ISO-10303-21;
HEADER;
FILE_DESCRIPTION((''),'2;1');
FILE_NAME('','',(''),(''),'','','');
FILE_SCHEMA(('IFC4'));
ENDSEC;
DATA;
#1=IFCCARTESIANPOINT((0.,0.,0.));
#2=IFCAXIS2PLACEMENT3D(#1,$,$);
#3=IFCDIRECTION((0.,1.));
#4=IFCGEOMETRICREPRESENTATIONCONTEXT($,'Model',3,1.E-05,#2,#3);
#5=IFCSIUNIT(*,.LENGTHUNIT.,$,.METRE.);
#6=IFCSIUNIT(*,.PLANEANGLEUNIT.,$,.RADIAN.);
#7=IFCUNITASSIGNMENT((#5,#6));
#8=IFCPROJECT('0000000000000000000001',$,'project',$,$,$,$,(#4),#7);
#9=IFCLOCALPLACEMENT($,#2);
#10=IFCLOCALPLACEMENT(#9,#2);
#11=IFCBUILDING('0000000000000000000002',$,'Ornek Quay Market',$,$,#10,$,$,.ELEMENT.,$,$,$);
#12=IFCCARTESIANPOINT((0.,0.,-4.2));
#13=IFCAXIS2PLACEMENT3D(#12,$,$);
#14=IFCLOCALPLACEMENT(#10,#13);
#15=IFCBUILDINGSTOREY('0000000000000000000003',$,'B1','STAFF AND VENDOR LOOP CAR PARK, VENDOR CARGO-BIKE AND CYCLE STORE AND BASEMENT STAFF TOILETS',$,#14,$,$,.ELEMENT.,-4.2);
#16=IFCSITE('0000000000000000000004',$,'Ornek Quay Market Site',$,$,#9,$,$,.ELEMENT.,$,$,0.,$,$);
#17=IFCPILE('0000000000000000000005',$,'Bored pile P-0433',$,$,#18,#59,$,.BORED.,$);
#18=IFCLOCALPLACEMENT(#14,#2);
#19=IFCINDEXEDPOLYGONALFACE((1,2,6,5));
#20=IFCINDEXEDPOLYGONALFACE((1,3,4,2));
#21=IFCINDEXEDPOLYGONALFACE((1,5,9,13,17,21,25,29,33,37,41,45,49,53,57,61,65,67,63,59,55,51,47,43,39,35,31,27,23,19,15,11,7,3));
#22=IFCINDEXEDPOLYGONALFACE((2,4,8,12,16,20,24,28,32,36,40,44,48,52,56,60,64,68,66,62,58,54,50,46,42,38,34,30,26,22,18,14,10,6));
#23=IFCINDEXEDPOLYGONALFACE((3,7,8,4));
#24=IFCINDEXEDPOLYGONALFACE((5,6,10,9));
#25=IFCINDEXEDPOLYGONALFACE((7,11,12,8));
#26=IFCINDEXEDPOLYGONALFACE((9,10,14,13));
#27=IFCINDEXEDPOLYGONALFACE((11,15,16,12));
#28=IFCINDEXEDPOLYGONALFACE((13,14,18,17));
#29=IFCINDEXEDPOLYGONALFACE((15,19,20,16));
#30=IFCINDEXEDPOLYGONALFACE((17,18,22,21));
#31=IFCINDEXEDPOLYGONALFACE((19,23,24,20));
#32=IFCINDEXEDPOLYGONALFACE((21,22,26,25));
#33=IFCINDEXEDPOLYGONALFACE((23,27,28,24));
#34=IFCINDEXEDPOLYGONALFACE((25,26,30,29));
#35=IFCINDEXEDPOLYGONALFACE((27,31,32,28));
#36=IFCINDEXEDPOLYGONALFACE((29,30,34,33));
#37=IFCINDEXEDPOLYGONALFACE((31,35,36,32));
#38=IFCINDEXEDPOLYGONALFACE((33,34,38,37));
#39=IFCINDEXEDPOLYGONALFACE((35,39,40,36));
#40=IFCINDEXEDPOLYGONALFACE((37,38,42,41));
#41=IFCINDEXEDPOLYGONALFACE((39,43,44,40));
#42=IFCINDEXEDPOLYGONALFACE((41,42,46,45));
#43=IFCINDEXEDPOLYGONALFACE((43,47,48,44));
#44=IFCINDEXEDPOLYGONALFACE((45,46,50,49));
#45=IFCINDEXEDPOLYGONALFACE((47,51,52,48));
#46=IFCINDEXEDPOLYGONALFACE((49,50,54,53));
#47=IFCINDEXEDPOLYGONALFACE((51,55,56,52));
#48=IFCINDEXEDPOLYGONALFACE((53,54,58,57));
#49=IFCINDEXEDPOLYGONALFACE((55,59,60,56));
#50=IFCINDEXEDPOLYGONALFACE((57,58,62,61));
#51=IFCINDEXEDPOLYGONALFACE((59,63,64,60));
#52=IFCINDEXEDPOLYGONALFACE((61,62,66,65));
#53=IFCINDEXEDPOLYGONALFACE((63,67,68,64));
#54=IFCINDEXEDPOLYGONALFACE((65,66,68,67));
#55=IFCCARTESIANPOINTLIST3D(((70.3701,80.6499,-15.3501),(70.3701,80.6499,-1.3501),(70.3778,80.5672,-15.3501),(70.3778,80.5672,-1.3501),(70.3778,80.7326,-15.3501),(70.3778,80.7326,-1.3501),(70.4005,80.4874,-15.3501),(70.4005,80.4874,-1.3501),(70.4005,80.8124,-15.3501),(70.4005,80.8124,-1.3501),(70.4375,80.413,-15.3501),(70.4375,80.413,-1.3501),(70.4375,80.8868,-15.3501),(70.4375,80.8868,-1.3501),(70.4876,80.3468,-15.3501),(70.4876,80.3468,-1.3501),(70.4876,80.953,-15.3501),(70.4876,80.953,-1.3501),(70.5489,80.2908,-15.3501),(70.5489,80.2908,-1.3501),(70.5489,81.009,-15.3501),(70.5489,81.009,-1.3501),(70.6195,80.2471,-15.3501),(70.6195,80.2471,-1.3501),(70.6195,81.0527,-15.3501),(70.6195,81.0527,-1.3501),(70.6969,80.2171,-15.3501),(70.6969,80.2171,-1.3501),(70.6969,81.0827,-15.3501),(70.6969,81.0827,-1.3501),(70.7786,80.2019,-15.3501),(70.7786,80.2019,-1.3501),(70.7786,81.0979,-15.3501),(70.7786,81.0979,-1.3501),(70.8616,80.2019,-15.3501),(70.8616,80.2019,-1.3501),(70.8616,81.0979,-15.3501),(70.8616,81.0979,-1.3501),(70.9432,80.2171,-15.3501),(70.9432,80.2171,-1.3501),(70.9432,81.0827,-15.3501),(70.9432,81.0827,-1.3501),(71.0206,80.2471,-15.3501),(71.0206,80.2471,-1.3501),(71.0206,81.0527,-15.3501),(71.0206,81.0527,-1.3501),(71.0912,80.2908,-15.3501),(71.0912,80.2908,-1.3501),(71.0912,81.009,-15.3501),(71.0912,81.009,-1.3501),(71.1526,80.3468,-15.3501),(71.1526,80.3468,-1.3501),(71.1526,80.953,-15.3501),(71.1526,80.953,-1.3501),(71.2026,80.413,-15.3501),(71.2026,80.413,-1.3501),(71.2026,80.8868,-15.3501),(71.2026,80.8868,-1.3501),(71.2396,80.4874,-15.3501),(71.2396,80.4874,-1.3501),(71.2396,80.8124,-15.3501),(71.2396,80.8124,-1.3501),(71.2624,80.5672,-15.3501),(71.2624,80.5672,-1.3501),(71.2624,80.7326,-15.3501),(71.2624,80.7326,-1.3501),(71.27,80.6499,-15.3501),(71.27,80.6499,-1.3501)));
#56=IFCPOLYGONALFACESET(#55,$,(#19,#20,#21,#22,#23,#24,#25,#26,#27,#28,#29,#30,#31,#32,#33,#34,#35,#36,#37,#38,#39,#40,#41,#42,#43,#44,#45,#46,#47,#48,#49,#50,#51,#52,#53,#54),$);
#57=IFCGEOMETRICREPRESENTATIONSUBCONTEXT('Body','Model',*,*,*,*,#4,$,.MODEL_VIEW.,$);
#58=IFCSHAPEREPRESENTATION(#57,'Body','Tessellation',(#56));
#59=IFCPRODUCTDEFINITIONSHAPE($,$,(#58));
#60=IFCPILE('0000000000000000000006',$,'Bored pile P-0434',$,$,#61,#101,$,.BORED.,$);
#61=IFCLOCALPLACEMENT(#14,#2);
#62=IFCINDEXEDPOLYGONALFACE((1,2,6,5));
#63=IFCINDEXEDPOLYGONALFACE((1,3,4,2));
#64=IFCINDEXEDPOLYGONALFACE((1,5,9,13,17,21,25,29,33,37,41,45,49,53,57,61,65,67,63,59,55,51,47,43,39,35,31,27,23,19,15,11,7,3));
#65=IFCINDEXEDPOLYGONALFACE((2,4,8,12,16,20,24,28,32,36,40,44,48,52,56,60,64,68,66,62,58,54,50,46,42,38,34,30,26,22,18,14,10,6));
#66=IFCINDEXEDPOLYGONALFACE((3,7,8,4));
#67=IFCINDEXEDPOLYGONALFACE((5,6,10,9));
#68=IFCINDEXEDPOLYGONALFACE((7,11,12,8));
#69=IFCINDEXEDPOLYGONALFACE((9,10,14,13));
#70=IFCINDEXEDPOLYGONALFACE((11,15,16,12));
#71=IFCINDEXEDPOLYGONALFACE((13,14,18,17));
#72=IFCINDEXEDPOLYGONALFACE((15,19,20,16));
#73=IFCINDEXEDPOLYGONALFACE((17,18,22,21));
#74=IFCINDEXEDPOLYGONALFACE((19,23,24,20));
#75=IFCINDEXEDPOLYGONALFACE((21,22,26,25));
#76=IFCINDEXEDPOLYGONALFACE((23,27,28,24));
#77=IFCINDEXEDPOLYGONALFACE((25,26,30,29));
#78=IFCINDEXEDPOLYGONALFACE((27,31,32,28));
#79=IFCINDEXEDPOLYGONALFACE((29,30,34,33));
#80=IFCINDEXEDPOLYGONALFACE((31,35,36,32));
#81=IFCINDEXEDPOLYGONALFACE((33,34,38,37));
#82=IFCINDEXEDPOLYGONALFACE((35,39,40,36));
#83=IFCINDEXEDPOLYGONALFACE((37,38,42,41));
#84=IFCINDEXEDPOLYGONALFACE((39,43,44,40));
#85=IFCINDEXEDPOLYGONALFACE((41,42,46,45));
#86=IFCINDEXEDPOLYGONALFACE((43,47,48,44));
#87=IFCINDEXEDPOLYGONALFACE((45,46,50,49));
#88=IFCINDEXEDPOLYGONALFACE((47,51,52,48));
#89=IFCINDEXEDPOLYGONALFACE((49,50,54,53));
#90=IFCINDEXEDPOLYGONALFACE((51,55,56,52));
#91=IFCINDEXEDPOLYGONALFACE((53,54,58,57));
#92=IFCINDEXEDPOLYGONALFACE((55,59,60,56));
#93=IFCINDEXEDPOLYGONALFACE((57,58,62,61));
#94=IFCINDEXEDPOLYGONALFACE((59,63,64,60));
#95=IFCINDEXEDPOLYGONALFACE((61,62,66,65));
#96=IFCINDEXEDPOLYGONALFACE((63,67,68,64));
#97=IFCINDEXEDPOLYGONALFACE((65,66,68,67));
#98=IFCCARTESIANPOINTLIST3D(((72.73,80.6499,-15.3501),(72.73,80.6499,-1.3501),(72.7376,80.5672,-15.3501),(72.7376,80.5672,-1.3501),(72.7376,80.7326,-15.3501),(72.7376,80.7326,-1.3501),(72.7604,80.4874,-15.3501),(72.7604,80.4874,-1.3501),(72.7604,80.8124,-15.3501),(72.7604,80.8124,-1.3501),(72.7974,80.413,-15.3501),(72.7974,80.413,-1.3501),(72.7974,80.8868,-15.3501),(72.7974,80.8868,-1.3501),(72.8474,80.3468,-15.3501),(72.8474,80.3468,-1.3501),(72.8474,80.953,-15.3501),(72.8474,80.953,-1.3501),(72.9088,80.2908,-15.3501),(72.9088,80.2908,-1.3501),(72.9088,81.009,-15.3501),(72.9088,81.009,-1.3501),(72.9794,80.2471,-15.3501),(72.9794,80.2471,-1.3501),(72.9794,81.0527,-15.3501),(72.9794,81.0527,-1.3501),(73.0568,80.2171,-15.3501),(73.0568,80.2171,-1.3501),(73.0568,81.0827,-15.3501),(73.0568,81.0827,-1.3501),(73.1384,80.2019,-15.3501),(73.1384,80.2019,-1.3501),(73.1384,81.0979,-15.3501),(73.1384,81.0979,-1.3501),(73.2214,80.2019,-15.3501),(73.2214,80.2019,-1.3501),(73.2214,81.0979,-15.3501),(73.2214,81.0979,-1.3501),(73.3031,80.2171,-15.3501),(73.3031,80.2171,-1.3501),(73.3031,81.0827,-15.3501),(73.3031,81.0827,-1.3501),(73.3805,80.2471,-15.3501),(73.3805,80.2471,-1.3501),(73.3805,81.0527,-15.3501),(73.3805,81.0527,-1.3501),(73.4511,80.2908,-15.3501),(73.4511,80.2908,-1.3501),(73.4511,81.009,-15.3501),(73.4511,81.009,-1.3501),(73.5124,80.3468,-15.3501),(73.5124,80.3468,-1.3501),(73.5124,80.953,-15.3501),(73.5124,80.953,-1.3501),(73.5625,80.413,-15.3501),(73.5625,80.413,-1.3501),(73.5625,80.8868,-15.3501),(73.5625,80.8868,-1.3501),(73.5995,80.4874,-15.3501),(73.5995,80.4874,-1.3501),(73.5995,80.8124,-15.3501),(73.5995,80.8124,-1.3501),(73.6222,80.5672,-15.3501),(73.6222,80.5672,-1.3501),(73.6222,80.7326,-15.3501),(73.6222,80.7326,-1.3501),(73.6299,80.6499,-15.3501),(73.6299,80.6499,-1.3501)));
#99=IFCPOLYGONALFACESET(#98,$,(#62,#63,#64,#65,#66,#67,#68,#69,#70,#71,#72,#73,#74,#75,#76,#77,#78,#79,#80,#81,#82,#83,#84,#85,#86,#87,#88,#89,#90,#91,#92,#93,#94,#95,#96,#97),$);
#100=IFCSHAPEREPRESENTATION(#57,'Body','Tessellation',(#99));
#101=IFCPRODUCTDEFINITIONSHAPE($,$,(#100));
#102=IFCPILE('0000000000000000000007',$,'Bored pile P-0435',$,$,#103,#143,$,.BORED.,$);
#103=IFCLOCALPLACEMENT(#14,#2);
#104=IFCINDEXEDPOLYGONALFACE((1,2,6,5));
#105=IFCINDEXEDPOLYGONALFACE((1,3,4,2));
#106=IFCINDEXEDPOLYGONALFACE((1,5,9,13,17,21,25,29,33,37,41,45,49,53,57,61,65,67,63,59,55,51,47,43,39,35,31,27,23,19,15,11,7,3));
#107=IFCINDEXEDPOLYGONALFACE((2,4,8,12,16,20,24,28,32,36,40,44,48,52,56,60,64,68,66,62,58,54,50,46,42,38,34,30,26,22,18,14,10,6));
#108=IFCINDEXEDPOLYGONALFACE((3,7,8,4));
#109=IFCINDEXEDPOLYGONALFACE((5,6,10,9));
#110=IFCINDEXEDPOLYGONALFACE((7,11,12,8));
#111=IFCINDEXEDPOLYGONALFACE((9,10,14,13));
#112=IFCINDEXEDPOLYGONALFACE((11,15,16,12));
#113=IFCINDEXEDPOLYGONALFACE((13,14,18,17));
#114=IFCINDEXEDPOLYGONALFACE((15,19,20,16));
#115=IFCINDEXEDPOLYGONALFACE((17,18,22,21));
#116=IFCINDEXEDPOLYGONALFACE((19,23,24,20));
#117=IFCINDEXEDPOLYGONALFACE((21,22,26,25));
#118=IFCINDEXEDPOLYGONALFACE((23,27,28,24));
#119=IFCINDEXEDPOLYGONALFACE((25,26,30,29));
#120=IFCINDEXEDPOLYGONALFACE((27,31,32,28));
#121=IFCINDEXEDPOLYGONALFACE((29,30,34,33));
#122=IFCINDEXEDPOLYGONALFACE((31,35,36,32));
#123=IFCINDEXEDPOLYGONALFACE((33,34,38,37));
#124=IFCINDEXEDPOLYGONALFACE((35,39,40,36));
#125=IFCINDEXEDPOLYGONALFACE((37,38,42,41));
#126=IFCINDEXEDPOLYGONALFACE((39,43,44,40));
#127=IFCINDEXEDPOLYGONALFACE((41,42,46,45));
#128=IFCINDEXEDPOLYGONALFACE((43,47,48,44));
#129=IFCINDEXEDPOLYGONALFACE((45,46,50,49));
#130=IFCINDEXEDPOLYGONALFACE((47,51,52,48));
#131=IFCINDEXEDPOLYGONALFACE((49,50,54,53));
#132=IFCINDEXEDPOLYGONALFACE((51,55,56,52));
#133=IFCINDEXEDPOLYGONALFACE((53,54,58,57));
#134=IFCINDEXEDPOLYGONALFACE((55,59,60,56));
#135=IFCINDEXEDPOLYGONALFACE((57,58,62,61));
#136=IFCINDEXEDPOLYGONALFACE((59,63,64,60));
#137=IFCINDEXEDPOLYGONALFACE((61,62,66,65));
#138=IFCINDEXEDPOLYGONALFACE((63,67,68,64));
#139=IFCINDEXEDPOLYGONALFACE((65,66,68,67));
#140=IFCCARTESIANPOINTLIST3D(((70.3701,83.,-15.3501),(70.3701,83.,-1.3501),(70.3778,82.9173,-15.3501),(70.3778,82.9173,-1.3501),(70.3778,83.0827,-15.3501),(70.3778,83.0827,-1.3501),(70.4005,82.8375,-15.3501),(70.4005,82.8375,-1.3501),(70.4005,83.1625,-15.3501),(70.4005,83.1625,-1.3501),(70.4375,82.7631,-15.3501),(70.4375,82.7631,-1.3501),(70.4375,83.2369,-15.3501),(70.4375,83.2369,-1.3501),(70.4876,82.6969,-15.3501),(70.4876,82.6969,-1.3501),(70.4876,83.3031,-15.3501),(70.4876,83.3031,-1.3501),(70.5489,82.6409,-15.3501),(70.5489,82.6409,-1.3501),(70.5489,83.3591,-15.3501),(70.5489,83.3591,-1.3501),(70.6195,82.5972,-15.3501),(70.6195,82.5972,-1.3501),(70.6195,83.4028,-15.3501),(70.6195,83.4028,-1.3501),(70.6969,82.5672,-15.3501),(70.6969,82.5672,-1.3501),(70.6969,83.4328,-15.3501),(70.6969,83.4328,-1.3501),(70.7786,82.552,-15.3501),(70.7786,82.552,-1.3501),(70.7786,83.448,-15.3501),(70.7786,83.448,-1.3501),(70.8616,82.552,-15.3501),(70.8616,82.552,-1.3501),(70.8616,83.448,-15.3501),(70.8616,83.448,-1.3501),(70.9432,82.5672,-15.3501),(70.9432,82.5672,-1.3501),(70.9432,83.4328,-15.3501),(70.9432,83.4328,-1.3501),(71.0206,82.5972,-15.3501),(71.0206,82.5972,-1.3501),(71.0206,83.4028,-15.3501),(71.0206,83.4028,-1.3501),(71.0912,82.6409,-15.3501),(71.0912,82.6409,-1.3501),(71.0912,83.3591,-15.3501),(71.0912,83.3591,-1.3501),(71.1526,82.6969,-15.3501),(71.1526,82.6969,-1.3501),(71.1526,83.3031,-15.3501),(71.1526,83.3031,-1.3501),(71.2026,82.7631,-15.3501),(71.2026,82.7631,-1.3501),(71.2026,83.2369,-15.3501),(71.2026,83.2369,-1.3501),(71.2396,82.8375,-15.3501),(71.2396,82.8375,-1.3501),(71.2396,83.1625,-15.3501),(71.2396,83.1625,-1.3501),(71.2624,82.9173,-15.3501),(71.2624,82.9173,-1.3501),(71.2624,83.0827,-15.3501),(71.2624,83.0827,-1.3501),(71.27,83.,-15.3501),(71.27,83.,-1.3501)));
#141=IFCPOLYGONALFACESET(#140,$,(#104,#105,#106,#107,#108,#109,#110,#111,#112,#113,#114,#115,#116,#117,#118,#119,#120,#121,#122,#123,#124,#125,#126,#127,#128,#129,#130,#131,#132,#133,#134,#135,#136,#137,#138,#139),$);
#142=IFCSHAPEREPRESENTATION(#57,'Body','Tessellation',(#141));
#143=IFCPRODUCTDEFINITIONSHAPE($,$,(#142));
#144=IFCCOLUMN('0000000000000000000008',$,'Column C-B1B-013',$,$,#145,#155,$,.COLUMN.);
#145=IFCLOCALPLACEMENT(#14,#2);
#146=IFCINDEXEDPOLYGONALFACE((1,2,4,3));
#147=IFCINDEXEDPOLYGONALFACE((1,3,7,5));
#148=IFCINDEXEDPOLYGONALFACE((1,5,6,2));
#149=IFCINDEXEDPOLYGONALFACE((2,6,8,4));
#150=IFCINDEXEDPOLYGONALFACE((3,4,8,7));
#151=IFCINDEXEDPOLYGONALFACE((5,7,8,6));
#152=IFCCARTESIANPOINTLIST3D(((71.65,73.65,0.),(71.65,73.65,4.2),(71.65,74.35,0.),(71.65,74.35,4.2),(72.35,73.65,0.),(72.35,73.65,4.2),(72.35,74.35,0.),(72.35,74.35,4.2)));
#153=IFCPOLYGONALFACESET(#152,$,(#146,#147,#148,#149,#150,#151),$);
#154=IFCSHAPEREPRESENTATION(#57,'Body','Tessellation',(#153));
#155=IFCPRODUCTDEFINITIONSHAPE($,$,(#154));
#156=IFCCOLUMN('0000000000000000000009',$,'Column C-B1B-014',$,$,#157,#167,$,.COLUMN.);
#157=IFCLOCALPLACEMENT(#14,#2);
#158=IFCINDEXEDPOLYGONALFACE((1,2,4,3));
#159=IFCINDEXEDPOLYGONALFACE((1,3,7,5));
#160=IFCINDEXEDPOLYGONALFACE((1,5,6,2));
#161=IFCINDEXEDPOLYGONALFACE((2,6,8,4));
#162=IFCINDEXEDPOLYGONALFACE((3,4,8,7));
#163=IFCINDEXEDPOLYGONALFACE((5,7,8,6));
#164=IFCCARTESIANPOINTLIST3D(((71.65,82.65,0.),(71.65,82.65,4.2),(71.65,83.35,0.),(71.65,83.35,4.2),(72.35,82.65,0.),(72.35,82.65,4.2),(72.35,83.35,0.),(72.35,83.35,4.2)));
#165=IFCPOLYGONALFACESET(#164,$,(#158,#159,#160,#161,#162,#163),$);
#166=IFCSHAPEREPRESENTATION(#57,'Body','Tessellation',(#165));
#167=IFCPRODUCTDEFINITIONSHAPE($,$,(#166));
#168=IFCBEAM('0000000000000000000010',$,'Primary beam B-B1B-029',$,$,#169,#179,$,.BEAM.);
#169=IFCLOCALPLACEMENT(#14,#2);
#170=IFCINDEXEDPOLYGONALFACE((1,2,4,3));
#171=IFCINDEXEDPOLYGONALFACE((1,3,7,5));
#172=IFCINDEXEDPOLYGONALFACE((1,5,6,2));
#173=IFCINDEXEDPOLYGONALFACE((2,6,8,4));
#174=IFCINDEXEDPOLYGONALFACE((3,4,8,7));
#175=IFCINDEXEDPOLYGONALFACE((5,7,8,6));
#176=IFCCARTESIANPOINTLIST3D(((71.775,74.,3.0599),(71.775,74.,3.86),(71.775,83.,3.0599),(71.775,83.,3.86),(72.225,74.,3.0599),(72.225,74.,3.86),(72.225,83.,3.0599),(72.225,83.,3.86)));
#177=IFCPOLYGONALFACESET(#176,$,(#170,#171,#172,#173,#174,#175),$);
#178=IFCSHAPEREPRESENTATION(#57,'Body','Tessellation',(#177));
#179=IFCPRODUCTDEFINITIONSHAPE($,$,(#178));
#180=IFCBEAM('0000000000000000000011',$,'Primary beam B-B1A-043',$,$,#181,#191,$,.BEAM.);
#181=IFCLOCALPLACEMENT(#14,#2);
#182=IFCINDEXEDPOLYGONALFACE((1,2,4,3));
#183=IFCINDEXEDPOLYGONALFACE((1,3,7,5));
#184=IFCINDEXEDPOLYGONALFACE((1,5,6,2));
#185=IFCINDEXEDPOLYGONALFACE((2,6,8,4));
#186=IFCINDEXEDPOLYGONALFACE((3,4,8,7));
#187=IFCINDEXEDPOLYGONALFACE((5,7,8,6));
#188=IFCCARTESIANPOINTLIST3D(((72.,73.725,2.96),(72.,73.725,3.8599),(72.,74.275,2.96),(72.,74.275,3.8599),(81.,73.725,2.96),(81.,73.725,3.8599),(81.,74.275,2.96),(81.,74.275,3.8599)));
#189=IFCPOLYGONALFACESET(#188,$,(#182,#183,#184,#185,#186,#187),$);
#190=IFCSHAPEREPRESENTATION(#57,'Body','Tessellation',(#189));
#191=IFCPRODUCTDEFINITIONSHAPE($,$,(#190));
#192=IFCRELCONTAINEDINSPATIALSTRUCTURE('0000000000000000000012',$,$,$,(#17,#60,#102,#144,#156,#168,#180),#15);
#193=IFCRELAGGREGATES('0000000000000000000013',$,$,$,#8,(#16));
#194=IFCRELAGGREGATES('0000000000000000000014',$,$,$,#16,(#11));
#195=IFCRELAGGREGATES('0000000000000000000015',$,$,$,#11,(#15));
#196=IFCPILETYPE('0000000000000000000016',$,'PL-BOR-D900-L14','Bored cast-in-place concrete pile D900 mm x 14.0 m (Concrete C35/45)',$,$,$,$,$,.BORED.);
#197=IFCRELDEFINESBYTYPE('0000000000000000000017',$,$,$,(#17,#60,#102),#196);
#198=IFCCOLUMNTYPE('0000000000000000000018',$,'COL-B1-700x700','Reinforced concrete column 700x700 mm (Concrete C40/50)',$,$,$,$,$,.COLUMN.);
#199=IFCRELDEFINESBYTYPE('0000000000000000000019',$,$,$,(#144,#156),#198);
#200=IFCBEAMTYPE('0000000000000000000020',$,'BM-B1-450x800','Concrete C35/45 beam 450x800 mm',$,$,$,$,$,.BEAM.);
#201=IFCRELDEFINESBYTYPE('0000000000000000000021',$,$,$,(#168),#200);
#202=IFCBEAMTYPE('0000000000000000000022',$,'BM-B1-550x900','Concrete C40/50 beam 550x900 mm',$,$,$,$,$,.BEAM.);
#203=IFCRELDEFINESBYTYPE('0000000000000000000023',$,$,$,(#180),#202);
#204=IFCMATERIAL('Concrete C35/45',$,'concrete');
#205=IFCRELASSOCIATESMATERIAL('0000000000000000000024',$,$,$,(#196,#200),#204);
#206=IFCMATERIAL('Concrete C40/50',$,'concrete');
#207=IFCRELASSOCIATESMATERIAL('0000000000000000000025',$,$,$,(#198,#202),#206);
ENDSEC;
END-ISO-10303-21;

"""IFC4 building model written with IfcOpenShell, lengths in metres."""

from ifc_helpers import new_model, si_unit, direction, frame, origin, origin_2d, place, context, subcontext, project, spatial, rectangle, circle, extrude, material, material_profile, profile_set, type_object, element, save


model = new_model("IFC4")

# Units and contexts
model_context = context("Model", 3, precision=1e-05, world=origin(), true_north=direction((0.0, 1.0)))
body_context = subcontext(model_context, "Body", "Model", "MODEL_VIEW")
ifc_project = project(units=[si_unit("LENGTHUNIT", "METRE"), si_unit("PLANEANGLEUNIT", "RADIAN")], contexts=[model_context])

# Site, building, storey
site_placement = place(None, origin())
site = spatial("IfcSite", under=ifc_project, at=site_placement, Name="Ornek Quay Market Site", CompositionType="ELEMENT", RefElevation=0.0)
building_placement = place(site_placement, origin())
building = spatial("IfcBuilding", under=site, at=building_placement, Name="Ornek Quay Market", CompositionType="ELEMENT")
storey_placement = place(building_placement, frame((0.0, 0.0, -4.2)))
storey = spatial("IfcBuildingStorey", under=building, at=storey_placement, Name="B1", Description="STAFF AND VENDOR LOOP CAR PARK, VENDOR CARGO-BIKE AND CYCLE STORE AND BASEMENT STAFF TOILETS", CompositionType="ELEMENT", Elevation=-4.2)

# Piles
ifc_material_1 = material(Name="Concrete C35/45", Category="concrete")
ifc_material_profile_1 = material_profile(ifc_material_1, circle(Radius=0.45, at=origin_2d()), Name="PILE D900", Category="concrete")
ifc_profile_set_1 = profile_set([ifc_material_profile_1], Name="Concrete C35/45")
pile_type = type_object("IfcPileType", Name="PL-BOR-D900-L14", Description="Bored cast-in-place concrete pile D900 mm x 14.0 m (Concrete C35/45)", PredefinedType="BORED", material=ifc_profile_set_1)
for number, where, z_axis, x_axis, name in (
    (1, (70.8201, 80.6499, -1.3501), (0.0, 0.0, -1.0), (1.0, 0.0, 0.0), "Bored pile P-0433"),
    (2, (73.1799, 80.6499, -1.3501), (0.0, 0.0, -1.0), (1.0, 0.0, 0.0), "Bored pile P-0434"),
    (3, (70.8201, 83.0, -1.3501), (0.0, 0.0, -1.0), (1.0, 0.0, 0.0), "Bored pile P-0435"),
):
    element("IfcPile", number, at=place(storey_placement, frame(where, z_axis=z_axis, x_axis=x_axis)), inside=storey, type_object=pile_type, Name=name, PredefinedType="BORED", context=body_context, shape_type="SweptSolid", body=[
        extrude(circle(Radius=0.45, at=origin_2d()), origin(), (0.0, 0.0, 1.0), 14.0),
    ])

# Columns
ifc_material_2 = material(Name="Concrete C40/50", Category="concrete")
ifc_material_profile_2 = material_profile(ifc_material_2, rectangle(XDim=0.7, YDim=0.7, at=origin_2d()), Name="RC 700x700", Category="concrete")
ifc_profile_set_2 = profile_set([ifc_material_profile_2], Name="Concrete C40/50")
column_type = type_object("IfcColumnType", Name="COL-B1-700x700", Description="Reinforced concrete column 700x700 mm (Concrete C40/50)", PredefinedType="COLUMN", material=ifc_profile_set_2)
for number, where, z_axis, x_axis, name in (
    (4, (72.0, 74.0, 0.0), (0.0, 0.0, 1.0), (1.0, 0.0, 0.0), "Column C-B1B-013"),
    (5, (72.0, 83.0, 0.0), (0.0, 0.0, 1.0), (1.0, 0.0, 0.0), "Column C-B1B-014"),
):
    element("IfcColumn", number, at=place(storey_placement, frame(where, z_axis=z_axis, x_axis=x_axis)), inside=storey, type_object=column_type, Name=name, PredefinedType="COLUMN", context=body_context, shape_type="SweptSolid", body=[
        extrude(rectangle(XDim=0.7, YDim=0.7, at=origin_2d()), origin(), (0.0, 0.0, 1.0), 4.2),
    ])

# Beams
ifc_material_profile_3 = material_profile(ifc_material_1, rectangle(XDim=0.45, YDim=0.8, at=origin_2d()), Name="RC 450x800", Category="concrete")
ifc_profile_set_3 = profile_set([ifc_material_profile_3], Name="Concrete C35/45")
beam_type_1 = type_object("IfcBeamType", Name="BM-B1-450x800", Description="Concrete C35/45 beam 450x800 mm", PredefinedType="BEAM", material=ifc_profile_set_3)
beam_1_placement = place(storey_placement, frame((72.0, 74.0, 3.46), z_axis=(0.0, 1.0, 0.0), x_axis=(-1.0, 0.0, 0.0)))
element("IfcBeam", 6, at=beam_1_placement, inside=storey, type_object=beam_type_1, Name="Primary beam B-B1B-029", PredefinedType="BEAM", context=body_context, shape_type="SweptSolid", body=[
    extrude(rectangle(XDim=0.45, YDim=0.8, at=origin_2d()), origin(), (0.0, 0.0, 1.0), 9.0),
])
ifc_material_profile_4 = material_profile(ifc_material_2, rectangle(XDim=0.55, YDim=0.8999, at=origin_2d()), Name="RC 550x900", Category="concrete")
ifc_profile_set_4 = profile_set([ifc_material_profile_4], Name="Concrete C40/50")
beam_type_2 = type_object("IfcBeamType", Name="BM-B1-550x900", Description="Concrete C40/50 beam 550x900 mm", PredefinedType="BEAM", material=ifc_profile_set_4)
beam_2_placement = place(storey_placement, frame((72.0, 74.0, 3.4099), z_axis=(1.0, 0.0, 0.0), x_axis=(0.0, 1.0, 0.0)))
element("IfcBeam", 7, at=beam_2_placement, inside=storey, type_object=beam_type_2, Name="Primary beam B-B1A-043", PredefinedType="BEAM", context=body_context, shape_type="SweptSolid", body=[
    extrude(rectangle(XDim=0.55, YDim=0.8999, at=origin_2d()), origin(), (0.0, 0.0, 1.0), 9.0),
])

save(model, "model.ifc")
